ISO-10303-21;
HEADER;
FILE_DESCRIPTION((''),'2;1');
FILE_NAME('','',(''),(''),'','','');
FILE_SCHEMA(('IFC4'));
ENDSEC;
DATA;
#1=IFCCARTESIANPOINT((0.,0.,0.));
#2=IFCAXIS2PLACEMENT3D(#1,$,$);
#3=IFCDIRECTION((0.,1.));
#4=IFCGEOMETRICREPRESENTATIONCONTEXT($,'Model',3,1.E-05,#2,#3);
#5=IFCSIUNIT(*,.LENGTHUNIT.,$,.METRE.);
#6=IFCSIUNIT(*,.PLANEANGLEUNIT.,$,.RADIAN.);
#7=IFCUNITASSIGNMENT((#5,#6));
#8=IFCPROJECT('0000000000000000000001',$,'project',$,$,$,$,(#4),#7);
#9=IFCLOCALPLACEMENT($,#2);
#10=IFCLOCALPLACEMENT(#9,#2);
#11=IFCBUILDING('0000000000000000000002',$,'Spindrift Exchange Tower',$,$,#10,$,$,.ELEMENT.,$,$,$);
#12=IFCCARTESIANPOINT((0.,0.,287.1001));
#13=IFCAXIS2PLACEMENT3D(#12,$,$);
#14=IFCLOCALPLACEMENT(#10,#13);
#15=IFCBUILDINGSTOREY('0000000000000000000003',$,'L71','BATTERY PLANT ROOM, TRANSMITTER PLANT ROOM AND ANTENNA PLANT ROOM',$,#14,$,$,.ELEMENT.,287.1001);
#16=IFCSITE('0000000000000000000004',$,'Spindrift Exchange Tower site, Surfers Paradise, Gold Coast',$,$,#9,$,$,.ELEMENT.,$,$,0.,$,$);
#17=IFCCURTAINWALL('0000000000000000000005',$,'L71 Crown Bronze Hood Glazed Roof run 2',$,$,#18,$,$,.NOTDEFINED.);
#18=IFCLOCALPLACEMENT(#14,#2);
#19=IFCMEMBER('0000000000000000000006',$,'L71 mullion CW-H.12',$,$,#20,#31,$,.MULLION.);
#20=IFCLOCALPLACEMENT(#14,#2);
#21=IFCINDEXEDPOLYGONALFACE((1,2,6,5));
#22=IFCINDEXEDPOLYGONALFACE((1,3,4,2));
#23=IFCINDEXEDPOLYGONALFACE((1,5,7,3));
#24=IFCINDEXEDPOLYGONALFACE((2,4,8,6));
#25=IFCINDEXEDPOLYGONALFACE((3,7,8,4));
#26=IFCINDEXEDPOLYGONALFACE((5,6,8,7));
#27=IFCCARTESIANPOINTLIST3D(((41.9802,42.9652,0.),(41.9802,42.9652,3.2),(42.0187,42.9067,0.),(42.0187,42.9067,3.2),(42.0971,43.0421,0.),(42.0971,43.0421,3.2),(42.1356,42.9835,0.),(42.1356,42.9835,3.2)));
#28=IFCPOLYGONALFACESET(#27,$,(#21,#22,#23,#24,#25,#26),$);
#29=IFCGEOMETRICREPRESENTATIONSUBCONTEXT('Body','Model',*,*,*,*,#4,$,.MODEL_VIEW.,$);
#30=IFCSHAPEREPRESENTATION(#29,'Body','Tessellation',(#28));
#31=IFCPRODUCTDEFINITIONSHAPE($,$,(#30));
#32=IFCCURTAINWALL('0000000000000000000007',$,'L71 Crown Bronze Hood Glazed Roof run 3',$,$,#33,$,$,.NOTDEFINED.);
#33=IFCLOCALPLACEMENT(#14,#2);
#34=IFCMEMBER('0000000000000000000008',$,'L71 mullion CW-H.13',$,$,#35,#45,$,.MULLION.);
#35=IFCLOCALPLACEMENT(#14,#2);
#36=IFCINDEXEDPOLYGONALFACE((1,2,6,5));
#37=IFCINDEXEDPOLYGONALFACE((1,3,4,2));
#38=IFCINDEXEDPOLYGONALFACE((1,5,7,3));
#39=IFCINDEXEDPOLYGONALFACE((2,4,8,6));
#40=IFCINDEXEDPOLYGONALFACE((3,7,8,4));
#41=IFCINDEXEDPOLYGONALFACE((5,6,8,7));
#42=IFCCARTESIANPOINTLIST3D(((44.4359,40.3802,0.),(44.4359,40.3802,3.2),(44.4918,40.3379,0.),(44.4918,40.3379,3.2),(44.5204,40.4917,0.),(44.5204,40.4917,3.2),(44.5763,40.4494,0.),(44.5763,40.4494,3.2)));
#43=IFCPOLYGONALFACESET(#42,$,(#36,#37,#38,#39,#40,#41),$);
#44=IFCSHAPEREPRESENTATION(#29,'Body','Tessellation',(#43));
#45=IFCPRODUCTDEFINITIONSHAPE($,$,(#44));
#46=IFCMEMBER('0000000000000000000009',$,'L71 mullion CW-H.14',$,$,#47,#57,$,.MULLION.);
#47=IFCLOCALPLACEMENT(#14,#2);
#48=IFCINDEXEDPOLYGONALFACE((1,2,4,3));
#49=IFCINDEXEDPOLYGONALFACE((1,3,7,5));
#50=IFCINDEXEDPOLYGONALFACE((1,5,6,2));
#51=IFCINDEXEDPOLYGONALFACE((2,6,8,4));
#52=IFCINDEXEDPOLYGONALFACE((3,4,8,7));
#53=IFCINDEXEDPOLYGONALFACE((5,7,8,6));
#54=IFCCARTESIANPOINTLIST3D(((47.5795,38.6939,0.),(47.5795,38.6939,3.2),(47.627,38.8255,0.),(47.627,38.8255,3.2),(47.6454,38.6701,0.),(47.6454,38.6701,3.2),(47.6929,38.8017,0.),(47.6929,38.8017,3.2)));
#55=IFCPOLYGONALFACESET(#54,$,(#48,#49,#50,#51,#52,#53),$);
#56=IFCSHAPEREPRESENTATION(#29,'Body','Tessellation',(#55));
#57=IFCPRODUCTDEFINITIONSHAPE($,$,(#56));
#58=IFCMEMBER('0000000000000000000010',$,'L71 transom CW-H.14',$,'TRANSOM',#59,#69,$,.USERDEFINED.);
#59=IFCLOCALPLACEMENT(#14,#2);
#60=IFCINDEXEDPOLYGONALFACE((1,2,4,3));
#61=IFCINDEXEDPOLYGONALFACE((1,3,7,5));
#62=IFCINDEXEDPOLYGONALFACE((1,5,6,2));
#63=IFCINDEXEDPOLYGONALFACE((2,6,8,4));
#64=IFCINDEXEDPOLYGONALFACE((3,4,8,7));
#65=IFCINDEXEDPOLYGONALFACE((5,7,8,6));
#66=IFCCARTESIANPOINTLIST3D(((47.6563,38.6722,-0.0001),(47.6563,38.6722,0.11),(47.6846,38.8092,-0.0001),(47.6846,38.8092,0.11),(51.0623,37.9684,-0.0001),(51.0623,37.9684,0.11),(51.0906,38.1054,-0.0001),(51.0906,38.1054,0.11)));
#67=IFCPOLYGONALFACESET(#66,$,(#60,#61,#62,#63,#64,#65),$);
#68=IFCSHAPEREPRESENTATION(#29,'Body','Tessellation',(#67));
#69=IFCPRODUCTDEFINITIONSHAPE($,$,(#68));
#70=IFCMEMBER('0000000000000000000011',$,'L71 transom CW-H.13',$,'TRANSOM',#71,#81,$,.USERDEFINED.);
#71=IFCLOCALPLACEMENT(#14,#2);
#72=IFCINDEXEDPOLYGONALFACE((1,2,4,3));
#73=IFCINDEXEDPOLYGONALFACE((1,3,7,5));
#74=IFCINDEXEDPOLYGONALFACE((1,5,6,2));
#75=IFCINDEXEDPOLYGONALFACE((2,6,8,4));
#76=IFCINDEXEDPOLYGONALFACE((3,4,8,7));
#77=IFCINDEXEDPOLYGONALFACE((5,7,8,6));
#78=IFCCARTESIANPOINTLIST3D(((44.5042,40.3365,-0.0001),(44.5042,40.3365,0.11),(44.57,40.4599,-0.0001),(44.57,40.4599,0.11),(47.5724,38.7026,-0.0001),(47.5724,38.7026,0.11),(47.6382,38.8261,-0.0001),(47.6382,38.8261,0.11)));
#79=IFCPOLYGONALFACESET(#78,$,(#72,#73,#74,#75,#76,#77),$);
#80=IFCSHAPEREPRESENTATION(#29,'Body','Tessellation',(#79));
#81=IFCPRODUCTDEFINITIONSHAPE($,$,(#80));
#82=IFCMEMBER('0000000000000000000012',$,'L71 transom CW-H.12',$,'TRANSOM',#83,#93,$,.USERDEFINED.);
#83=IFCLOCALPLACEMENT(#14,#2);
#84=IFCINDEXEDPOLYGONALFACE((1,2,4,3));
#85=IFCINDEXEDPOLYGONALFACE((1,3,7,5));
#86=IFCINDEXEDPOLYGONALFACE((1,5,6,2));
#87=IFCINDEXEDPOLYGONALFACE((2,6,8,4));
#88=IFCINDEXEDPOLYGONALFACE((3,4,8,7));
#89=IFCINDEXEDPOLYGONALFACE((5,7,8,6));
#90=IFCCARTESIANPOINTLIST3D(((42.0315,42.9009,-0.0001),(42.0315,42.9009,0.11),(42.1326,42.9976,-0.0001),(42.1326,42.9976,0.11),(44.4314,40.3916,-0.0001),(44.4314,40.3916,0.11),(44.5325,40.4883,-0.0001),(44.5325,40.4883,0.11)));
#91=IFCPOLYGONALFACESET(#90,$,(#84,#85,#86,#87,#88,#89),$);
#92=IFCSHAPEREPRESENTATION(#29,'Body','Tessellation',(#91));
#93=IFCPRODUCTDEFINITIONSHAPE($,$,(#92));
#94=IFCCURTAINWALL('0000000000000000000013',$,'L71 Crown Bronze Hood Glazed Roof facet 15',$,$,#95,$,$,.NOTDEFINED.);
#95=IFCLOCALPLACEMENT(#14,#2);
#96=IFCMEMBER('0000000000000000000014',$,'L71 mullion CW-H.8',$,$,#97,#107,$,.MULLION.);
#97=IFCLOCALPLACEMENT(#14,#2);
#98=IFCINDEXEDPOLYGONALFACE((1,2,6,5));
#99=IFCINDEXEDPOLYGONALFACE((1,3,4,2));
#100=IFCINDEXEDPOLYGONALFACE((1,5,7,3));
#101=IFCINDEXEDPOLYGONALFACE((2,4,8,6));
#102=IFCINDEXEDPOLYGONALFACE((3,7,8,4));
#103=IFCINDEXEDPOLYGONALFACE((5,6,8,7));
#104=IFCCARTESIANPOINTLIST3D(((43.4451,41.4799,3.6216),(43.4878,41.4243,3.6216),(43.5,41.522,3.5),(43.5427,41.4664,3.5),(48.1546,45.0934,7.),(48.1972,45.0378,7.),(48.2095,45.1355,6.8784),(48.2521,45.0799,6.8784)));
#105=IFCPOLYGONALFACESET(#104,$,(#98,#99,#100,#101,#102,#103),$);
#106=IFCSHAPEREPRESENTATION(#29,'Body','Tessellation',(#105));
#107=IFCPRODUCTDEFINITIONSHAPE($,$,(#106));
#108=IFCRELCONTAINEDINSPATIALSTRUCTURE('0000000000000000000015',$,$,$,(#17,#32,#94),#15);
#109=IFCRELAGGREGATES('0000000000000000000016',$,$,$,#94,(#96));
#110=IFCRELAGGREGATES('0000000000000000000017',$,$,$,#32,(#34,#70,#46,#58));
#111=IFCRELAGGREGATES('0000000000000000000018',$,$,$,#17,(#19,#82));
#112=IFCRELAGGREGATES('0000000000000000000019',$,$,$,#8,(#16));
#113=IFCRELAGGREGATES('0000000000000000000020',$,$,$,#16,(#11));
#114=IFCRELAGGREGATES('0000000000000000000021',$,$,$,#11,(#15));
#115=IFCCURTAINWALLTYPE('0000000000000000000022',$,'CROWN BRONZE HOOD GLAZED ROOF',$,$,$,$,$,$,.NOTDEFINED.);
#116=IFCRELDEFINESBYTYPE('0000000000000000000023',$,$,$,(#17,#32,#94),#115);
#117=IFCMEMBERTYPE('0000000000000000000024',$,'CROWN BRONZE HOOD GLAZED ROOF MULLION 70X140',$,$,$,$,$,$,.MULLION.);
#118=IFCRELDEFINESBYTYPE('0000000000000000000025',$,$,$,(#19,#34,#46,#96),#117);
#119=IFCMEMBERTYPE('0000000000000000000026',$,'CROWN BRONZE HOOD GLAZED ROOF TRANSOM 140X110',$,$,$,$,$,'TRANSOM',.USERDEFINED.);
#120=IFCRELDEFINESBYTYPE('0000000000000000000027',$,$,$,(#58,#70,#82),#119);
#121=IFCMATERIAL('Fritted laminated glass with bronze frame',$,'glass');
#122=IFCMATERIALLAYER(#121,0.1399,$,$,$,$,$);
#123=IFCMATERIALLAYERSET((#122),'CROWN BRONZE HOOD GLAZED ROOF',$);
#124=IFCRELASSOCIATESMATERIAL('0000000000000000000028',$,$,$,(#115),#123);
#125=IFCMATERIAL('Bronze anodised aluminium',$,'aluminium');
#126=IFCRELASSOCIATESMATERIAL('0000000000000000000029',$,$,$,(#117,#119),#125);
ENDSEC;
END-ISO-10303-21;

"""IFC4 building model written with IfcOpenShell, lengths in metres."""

from ifc_helpers import new_model, si_unit, direction, frame, origin, origin_2d, place, context, subcontext, project, spatial, rectangle, extrude, source, transform, mapped, material, layer, layer_set, material_profile, profile_set, type_object, element, aggregate, save


model = new_model("IFC4")

# Units and contexts
model_context = context("Model", 3, precision=1e-05, world=origin(), true_north=direction((0.0, 1.0)))
body_context = subcontext(model_context, "Body", "Model", "MODEL_VIEW")
ifc_project = project(units=[si_unit("LENGTHUNIT", "METRE"), si_unit("PLANEANGLEUNIT", "RADIAN")], contexts=[model_context])

# Site, building, storey
site_placement = place(None, origin())
site = spatial("IfcSite", under=ifc_project, at=site_placement, Name="Spindrift Exchange Tower site, Surfers Paradise, Gold Coast", CompositionType="ELEMENT", RefElevation=0.0)
building_placement = place(site_placement, origin())
building = spatial("IfcBuilding", under=site, at=building_placement, Name="Spindrift Exchange Tower", CompositionType="ELEMENT")
storey_placement = place(building_placement, frame((0.0, 0.0, 287.1001)))
storey = spatial("IfcBuildingStorey", under=building, at=storey_placement, Name="L71", Description="BATTERY PLANT ROOM, TRANSMITTER PLANT ROOM AND ANTENNA PLANT ROOM", CompositionType="ELEMENT", Elevation=287.1001)

# Curtain wall, member
ifc_material_1 = material(Name="Fritted laminated glass with bronze frame", Category="glass")
ifc_layer_1 = layer(ifc_material_1, 0.1399)
ifc_layer_set_1 = layer_set([ifc_layer_1], Name="CROWN BRONZE HOOD GLAZED ROOF")
curtain_wall_type = type_object("IfcCurtainWallType", Name="CROWN BRONZE HOOD GLAZED ROOF", PredefinedType="NOTDEFINED", material=ifc_layer_set_1)
curtain_wall_1_placement = place(storey_placement, origin())
curtain_wall_1 = element("IfcCurtainWall", 1, at=curtain_wall_1_placement, inside=storey, type_object=curtain_wall_type, Name="L71 Crown Bronze Hood Glazed Roof run 2", PredefinedType="NOTDEFINED")
ifc_material_2 = material(Name="Bronze anodised aluminium", Category="aluminium")
ifc_material_profile_1 = material_profile(ifc_material_2, rectangle(XDim=0.0701, YDim=0.1399, at=origin_2d()), Name="CROWN BRONZE HOOD GLAZED ROOF MULLION 70X140")
ifc_profile_set_1 = profile_set([ifc_material_profile_1], Name="Bronze anodised aluminium")
member_type_1 = type_object("IfcMemberType", Name="CROWN BRONZE HOOD GLAZED ROOF MULLION 70X140", PredefinedType="MULLION", material=ifc_profile_set_1)
shared_shape_1 = source(origin(), body_context, "Body", "SweptSolid", [
    extrude(rectangle(XDim=0.0701, YDim=0.1399, at=origin_2d()), origin(), (0.0, 0.0, 1.0), 3.2),
])
member_1_placement = place(storey_placement, frame((42.0579, 42.9744, 0.0), z_axis=(0.0, 0.0, 1.0), x_axis=(0.549267, -0.835647, 0.0)))
member_1 = element("IfcMember", 2, at=member_1_placement, type_object=member_type_1, Name="L71 mullion CW-H.12", PredefinedType="MULLION", context=body_context, shape_type="MappedRepresentation", body=[
    mapped(shared_shape_1, transform((0.0, 0.0, 0.0), scale=1.0)),
])

# Curtain wall, members
curtain_wall_2_placement = place(storey_placement, origin())
curtain_wall_2 = element("IfcCurtainWall", 3, at=curtain_wall_2_placement, inside=storey, type_object=curtain_wall_type, Name="L71 Crown Bronze Hood Glazed Roof run 3", PredefinedType="NOTDEFINED")
member_2_placement = place(storey_placement, frame((44.5061, 40.4148, 0.0), z_axis=(0.0, 0.0, 1.0), x_axis=(0.797007, -0.60397, 0.0)))
member_2 = element("IfcMember", 4, at=member_2_placement, type_object=member_type_1, Name="L71 mullion CW-H.13", PredefinedType="MULLION", context=body_context, shape_type="MappedRepresentation", body=[
    mapped(shared_shape_1, transform((0.0, 0.0, 0.0), scale=1.0)),
])
member_3_placement = place(storey_placement, frame((47.6362, 38.7478, 0.0), z_axis=(0.0, 0.0, 1.0), x_axis=(0.94055, -0.339656, 0.0)))
member_3 = element("IfcMember", 5, at=member_3_placement, type_object=member_type_1, Name="L71 mullion CW-H.14", PredefinedType="MULLION", context=body_context, shape_type="MappedRepresentation", body=[
    mapped(shared_shape_1, transform((0.0, 0.0, 0.0), scale=1.0)),
])
ifc_material_profile_2 = material_profile(ifc_material_2, rectangle(XDim=0.1399, YDim=0.1101, at=origin_2d()), Name="CROWN BRONZE HOOD GLAZED ROOF TRANSOM 140X110")
ifc_profile_set_2 = profile_set([ifc_material_profile_2], Name="Bronze anodised aluminium")
member_type_2 = type_object("IfcMemberType", Name="CROWN BRONZE HOOD GLAZED ROOF TRANSOM 140X110", ElementType="TRANSOM", PredefinedType="USERDEFINED", material=ifc_profile_set_2)
shared_shape_2 = source(origin(), body_context, "Body", "SweptSolid", [
    extrude(rectangle(XDim=0.1399, YDim=0.1101, at=origin_2d()), origin(), (0.0, 0.0, 1.0), 3.478),
])
member_4_placement = place(storey_placement, frame((47.6704, 38.7407, 0.0549), z_axis=(0.979308, -0.202376, 0.0), x_axis=(0.202376, 0.979308, 0.0)))
member_4 = element("IfcMember", 6, at=member_4_placement, type_object=member_type_2, Name="L71 transom CW-H.14", ObjectType="TRANSOM", PredefinedType="USERDEFINED", context=body_context, shape_type="MappedRepresentation", body=[
    mapped(shared_shape_2, transform((0.0, 0.0, 0.0), scale=1.0)),
])
shared_shape_3 = source(origin(), body_context, "Body", "SweptSolid", [
    extrude(rectangle(XDim=0.1399, YDim=0.1101, at=origin_2d()), origin(), (0.0, 0.0, 1.0), 3.4761),
])
member_5_placement = place(storey_placement, frame((44.5371, 40.3982, 0.0549), z_axis=(0.882656, -0.470019, 0.0), x_axis=(0.470019, 0.882656, 0.0)))
member_5 = element("IfcMember", 7, at=member_5_placement, type_object=member_type_2, Name="L71 transom CW-H.13", ObjectType="TRANSOM", PredefinedType="USERDEFINED", context=body_context, shape_type="MappedRepresentation", body=[
    mapped(shared_shape_3, transform((0.0, 0.0, 0.0), scale=1.0)),
])

# Member
shared_shape_4 = source(origin(), body_context, "Body", "SweptSolid", [
    extrude(rectangle(XDim=0.1399, YDim=0.1101, at=origin_2d()), origin(), (0.0, 0.0, 1.0), 3.4722),
])
member_6_placement = place(storey_placement, frame((42.082, 42.9492, 0.0549), z_axis=(0.691181, -0.722682, 0.0), x_axis=(0.722682, 0.691181, 0.0)))
member_6 = element("IfcMember", 8, at=member_6_placement, type_object=member_type_2, Name="L71 transom CW-H.12", ObjectType="TRANSOM", PredefinedType="USERDEFINED", context=body_context, shape_type="MappedRepresentation", body=[
    mapped(shared_shape_4, transform((0.0, 0.0, 0.0), scale=1.0)),
])

# Curtain wall, member
curtain_wall_3_placement = place(storey_placement, origin())
curtain_wall_3 = element("IfcCurtainWall", 9, at=curtain_wall_3_placement, inside=storey, type_object=curtain_wall_type, Name="L71 Crown Bronze Hood Glazed Roof facet 15", PredefinedType="NOTDEFINED")
shared_shape_5 = source(origin(), body_context, "Body", "SweptSolid", [
    extrude(rectangle(XDim=0.0701, YDim=0.1399, at=origin_2d()), origin(), (0.0, 0.0, 1.0), 6.8301),
])
member_7_placement = place(storey_placement, frame((43.4939, 41.4731, 3.5608), z_axis=(0.689516, 0.529058, 0.494636), x_axis=(-0.608742, 0.793368, 0.0)))
member_7 = element("IfcMember", 10, at=member_7_placement, type_object=member_type_1, Name="L71 mullion CW-H.8", PredefinedType="MULLION", context=body_context, shape_type="MappedRepresentation", body=[
    mapped(shared_shape_5, transform((0.0, 0.0, 0.0), scale=1.0)),
])
aggregate(curtain_wall_3, [member_7])

aggregate(curtain_wall_2, [member_2, member_5, member_3, member_4])
aggregate(curtain_wall_1, [member_1, member_6])

save(model, "model.ifc")
